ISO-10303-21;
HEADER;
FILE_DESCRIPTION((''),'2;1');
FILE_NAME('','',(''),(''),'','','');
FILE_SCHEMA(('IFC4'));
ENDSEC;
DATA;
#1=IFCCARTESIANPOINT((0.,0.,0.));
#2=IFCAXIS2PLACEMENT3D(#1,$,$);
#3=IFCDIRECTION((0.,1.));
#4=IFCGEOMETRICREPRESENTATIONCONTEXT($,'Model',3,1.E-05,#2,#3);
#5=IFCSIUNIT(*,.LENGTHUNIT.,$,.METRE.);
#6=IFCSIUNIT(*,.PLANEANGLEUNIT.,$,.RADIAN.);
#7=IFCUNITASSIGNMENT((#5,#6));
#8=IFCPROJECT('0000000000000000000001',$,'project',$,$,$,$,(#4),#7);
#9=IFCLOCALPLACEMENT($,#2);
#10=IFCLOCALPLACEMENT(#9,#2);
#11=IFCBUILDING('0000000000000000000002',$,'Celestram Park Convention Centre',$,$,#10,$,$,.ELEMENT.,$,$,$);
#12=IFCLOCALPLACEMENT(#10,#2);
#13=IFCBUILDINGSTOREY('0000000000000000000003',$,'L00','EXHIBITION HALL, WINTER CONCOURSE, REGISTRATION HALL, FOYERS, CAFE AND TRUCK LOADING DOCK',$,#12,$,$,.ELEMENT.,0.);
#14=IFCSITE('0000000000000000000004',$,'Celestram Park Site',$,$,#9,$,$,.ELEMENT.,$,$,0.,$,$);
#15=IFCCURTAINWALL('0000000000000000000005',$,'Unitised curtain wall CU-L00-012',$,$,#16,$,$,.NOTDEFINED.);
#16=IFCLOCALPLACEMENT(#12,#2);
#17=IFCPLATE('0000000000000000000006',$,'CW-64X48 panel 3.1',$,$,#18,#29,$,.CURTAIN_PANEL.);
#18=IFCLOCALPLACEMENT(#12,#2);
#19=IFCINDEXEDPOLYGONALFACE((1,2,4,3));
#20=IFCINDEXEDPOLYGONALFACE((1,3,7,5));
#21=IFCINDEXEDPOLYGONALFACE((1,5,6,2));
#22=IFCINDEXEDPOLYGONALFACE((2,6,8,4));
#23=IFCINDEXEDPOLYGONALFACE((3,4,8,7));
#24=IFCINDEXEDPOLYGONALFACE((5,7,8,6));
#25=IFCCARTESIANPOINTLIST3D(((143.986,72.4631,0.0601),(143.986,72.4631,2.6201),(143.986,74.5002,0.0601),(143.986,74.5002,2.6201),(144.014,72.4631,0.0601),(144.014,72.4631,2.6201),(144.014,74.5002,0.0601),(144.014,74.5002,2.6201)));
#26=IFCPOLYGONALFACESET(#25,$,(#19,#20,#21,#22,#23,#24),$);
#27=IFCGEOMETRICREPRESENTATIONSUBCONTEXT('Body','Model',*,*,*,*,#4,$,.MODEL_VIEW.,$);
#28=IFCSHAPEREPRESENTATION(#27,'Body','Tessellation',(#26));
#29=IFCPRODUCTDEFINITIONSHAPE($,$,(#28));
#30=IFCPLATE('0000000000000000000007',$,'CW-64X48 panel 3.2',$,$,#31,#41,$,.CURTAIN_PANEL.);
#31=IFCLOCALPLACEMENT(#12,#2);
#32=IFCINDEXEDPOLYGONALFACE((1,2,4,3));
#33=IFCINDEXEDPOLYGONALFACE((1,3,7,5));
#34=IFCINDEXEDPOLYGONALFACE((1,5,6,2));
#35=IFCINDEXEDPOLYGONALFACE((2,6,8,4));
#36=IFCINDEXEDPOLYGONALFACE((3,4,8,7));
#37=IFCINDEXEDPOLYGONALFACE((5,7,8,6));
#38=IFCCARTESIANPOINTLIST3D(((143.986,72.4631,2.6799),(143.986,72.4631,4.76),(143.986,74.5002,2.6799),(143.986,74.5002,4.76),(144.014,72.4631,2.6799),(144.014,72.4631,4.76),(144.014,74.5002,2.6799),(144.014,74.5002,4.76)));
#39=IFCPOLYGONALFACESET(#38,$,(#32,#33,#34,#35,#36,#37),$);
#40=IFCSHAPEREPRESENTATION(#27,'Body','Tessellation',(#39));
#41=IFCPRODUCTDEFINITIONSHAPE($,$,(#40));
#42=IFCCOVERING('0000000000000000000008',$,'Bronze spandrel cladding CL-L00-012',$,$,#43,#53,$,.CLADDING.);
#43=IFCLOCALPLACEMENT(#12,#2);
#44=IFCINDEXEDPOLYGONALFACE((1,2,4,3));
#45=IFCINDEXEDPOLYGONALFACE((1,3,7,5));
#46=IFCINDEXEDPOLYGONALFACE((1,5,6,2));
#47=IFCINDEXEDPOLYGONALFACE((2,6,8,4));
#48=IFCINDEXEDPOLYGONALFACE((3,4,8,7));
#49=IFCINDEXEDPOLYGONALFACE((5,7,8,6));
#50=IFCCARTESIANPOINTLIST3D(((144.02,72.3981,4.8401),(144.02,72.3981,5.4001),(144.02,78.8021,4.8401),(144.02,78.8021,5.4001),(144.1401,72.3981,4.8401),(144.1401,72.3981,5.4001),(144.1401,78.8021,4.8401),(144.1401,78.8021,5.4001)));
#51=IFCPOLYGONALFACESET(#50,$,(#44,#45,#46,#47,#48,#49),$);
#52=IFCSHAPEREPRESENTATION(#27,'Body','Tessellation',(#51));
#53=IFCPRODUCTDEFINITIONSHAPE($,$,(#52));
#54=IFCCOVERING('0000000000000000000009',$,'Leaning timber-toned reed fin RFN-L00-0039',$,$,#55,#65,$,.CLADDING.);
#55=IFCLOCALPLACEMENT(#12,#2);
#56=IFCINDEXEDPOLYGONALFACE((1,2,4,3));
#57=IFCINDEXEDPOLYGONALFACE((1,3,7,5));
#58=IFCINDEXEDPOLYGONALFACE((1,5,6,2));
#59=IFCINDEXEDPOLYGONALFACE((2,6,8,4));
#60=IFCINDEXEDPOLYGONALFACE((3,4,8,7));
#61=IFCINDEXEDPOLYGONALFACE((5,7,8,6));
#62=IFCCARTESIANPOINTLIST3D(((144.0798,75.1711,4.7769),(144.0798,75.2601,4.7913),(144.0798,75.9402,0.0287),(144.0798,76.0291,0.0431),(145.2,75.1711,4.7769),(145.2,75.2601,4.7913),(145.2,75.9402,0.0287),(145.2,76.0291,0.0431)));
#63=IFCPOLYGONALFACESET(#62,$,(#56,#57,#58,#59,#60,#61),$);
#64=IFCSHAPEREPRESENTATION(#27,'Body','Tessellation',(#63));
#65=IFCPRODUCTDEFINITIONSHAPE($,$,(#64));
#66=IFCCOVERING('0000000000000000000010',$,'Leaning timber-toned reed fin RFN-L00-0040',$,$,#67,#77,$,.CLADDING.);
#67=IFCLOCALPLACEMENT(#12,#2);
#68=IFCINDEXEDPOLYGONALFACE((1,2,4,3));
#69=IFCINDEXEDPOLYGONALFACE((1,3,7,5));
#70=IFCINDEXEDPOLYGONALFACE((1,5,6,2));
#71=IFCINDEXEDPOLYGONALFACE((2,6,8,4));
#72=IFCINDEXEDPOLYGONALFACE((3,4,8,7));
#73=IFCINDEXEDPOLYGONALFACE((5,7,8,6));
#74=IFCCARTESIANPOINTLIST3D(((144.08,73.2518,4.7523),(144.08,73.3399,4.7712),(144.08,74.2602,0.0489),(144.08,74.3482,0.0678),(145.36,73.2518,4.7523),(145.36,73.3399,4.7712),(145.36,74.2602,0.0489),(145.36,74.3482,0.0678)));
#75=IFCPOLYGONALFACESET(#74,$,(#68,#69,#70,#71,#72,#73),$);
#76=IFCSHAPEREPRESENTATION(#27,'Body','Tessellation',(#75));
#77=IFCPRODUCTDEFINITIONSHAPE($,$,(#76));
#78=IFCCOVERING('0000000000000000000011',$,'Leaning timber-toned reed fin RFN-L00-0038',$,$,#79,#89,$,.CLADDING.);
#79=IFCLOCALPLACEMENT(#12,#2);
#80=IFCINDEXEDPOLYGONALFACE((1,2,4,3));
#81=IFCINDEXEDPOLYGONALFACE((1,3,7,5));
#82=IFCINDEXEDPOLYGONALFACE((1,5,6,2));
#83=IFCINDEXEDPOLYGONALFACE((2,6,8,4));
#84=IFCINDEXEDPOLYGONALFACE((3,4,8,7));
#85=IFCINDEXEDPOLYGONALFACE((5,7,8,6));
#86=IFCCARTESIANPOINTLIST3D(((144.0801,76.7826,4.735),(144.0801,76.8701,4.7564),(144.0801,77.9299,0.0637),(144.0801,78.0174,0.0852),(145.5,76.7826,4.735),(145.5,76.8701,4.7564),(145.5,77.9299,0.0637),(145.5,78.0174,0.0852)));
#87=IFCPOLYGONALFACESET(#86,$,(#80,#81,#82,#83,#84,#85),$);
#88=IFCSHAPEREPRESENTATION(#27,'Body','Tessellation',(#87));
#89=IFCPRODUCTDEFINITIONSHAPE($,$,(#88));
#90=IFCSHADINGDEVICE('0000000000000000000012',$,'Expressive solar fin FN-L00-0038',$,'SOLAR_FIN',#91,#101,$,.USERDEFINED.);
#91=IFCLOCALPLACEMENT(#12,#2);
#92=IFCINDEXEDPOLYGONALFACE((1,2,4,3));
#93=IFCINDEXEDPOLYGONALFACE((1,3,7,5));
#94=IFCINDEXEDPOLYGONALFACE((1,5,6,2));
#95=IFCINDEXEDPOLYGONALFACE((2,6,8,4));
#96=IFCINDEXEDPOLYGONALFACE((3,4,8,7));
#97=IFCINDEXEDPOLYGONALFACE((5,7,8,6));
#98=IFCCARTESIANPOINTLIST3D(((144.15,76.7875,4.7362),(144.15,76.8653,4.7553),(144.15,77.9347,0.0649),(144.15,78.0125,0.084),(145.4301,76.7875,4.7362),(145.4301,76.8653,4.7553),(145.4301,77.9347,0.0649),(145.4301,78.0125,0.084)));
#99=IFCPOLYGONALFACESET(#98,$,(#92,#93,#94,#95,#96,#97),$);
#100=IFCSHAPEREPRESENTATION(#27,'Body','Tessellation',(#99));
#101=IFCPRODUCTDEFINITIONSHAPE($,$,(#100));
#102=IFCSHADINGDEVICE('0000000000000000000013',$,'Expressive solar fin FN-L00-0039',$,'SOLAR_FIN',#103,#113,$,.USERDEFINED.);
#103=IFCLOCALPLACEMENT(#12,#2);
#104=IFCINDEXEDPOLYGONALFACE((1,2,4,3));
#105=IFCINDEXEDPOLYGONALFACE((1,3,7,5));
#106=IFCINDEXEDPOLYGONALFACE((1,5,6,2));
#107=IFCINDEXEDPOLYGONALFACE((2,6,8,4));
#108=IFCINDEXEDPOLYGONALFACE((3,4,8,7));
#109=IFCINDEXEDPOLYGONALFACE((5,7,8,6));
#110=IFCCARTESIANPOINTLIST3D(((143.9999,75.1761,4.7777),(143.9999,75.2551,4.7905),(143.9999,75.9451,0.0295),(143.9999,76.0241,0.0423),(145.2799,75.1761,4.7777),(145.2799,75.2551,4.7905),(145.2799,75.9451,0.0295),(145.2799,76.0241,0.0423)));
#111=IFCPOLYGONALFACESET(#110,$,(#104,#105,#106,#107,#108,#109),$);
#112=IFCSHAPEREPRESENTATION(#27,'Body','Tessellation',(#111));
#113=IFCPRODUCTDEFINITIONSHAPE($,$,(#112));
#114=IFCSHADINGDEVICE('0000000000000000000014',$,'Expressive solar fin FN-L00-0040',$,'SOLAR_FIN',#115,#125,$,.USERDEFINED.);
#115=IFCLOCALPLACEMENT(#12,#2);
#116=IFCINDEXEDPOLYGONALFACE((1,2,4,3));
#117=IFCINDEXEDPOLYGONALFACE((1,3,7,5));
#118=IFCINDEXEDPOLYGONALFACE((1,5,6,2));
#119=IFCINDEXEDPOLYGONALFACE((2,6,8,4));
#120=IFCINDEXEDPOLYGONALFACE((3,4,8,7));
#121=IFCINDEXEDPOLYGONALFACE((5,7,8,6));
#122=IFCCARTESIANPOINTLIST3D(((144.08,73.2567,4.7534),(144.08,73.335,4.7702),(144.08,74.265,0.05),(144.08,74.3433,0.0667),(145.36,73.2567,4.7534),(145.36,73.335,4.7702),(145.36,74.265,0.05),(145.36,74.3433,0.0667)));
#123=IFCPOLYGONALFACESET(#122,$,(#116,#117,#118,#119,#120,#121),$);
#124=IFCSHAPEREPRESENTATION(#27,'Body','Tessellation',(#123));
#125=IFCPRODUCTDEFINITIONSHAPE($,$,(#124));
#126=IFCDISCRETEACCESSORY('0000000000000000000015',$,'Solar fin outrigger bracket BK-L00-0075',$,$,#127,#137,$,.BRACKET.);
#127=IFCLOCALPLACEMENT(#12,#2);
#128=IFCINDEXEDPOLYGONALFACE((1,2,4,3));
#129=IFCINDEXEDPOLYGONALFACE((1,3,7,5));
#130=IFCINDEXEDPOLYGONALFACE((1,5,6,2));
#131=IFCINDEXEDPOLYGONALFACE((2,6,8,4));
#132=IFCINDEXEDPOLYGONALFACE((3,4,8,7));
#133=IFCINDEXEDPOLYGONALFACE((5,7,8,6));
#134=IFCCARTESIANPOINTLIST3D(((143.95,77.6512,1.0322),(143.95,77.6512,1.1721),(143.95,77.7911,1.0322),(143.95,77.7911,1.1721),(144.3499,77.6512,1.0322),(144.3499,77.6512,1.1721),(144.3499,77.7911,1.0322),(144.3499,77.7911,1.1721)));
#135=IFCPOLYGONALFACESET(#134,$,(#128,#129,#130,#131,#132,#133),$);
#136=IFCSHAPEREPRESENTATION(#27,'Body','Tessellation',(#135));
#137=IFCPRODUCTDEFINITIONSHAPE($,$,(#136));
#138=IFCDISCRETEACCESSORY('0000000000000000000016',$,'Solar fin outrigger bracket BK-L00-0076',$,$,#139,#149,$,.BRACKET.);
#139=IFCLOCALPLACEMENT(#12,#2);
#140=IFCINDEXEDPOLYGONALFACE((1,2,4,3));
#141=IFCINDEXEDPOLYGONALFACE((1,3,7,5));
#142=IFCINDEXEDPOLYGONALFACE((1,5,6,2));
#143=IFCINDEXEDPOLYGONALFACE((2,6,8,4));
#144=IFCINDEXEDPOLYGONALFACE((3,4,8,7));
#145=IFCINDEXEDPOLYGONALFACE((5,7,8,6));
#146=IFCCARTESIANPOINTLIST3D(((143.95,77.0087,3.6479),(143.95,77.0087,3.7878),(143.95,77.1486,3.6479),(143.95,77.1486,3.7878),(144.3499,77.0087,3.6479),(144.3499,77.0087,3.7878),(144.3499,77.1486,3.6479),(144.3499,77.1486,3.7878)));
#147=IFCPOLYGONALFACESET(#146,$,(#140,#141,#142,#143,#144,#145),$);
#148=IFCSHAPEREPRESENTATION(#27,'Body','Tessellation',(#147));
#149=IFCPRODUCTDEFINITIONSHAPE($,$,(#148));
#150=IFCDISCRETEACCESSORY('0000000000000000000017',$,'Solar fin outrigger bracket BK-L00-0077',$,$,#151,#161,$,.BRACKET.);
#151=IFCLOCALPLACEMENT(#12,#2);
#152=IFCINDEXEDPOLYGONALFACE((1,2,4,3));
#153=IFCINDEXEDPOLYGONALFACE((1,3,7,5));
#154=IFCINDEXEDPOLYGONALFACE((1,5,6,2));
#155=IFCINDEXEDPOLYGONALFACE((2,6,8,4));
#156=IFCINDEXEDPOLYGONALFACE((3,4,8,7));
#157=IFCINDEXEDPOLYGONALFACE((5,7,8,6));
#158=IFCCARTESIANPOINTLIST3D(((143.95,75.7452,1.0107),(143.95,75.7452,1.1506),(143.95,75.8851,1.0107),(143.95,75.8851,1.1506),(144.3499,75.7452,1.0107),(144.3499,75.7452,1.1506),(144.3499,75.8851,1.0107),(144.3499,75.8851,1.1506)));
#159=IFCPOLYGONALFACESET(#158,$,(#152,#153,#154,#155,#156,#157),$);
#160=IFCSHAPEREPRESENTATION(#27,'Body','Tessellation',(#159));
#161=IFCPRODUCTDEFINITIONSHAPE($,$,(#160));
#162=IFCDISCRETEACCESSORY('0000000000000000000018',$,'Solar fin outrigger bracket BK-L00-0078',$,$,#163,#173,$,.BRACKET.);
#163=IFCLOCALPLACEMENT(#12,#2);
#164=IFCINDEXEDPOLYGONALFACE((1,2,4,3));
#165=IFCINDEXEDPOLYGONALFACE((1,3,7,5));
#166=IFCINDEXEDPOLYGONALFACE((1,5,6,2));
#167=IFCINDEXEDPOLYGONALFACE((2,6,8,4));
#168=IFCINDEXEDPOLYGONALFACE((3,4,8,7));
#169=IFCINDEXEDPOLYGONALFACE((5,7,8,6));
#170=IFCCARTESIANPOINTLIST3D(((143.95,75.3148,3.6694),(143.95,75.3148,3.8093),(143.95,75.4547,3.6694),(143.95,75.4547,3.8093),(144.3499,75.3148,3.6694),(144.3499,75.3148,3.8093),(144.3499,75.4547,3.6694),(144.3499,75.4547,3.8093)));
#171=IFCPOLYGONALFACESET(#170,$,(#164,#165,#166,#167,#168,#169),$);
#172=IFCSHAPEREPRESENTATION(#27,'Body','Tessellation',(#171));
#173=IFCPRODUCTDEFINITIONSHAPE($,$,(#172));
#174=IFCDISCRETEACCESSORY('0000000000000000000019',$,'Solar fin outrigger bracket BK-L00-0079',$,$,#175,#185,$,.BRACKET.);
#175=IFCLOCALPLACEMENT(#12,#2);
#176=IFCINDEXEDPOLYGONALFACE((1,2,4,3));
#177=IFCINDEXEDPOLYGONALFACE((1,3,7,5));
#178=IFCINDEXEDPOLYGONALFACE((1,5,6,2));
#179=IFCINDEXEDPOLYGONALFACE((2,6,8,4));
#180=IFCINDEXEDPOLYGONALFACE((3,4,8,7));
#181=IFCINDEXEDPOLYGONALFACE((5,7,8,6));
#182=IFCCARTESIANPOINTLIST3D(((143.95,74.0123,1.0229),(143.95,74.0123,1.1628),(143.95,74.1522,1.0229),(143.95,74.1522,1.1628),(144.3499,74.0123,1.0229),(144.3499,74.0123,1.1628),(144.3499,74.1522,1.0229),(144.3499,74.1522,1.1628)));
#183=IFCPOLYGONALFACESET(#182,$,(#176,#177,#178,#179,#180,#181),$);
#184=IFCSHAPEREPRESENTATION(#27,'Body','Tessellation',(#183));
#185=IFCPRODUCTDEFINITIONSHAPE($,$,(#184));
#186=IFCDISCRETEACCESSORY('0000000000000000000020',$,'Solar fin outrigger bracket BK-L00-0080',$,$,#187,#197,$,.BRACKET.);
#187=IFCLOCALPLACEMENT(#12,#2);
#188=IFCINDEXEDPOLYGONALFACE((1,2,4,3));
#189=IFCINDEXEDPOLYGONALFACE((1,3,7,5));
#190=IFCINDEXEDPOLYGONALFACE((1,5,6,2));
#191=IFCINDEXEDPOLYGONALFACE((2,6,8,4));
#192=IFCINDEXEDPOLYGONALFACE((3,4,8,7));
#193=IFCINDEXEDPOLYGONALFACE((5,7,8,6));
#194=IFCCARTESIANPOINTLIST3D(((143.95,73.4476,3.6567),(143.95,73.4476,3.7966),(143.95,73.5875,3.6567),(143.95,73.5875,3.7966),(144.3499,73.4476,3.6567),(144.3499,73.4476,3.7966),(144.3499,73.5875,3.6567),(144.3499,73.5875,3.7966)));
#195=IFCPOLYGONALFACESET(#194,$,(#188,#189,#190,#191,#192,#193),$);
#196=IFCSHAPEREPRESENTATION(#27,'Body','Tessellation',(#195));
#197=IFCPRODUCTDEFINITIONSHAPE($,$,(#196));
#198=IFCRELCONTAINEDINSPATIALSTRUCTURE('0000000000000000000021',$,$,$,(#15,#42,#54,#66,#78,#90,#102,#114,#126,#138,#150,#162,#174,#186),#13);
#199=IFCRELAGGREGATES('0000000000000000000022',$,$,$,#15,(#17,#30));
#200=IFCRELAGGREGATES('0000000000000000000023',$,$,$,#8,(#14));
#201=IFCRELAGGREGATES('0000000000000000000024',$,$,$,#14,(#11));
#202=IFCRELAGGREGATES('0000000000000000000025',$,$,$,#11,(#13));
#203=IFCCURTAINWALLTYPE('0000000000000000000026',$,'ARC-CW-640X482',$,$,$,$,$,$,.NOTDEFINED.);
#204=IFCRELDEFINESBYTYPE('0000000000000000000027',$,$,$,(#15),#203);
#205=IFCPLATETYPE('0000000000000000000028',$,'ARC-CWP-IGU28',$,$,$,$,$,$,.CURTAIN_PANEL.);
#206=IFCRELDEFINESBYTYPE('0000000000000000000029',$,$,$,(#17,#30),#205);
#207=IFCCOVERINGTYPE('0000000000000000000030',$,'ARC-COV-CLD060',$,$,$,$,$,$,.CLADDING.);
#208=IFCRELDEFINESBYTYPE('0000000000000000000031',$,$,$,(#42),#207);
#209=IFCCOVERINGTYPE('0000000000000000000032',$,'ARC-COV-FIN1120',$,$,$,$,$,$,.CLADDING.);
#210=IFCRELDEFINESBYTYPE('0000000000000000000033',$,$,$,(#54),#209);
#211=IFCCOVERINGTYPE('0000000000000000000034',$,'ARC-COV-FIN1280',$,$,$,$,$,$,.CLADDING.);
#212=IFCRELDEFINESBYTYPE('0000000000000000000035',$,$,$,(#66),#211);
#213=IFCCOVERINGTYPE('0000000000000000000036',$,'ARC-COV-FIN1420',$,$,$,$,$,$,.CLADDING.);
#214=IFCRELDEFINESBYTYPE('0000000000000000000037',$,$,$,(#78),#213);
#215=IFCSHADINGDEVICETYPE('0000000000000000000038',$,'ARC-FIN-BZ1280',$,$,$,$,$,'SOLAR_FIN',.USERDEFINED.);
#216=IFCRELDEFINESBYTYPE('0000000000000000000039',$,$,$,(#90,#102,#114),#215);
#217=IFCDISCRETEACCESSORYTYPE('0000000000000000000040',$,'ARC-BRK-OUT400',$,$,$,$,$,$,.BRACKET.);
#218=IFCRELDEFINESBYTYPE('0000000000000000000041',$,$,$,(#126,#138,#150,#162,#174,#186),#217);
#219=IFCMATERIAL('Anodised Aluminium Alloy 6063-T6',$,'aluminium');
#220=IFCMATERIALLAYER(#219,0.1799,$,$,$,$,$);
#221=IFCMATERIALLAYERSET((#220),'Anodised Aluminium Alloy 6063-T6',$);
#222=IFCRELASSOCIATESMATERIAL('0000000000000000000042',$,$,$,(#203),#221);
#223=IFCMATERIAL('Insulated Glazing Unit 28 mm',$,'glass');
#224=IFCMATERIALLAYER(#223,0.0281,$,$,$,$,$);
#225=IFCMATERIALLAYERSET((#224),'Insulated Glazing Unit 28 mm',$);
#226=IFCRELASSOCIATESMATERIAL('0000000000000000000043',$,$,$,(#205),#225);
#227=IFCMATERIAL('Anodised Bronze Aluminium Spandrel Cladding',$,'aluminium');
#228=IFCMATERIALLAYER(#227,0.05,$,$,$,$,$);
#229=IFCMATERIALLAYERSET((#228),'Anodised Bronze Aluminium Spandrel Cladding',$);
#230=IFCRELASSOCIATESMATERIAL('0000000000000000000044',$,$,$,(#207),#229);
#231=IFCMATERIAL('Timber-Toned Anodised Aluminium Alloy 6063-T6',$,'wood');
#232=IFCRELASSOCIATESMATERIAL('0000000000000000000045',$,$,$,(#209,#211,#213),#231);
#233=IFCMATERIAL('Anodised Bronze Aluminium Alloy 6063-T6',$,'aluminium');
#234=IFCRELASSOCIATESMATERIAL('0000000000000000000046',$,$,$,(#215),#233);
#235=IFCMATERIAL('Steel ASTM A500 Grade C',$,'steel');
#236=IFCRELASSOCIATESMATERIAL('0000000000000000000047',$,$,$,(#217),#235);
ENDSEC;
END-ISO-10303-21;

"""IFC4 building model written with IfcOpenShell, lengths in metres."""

from ifc_helpers import new_model, si_unit, direction, frame, origin, origin_2d, place, context, subcontext, project, spatial, rectangle, extrude, material, layer, layer_set, material_profile, profile_set, type_object, element, aggregate, save


model = new_model("IFC4")

# Units and contexts
model_context = context("Model", 3, precision=1e-05, world=origin(), true_north=direction((0.0, 1.0)))
body_context = subcontext(model_context, "Body", "Model", "MODEL_VIEW")
ifc_project = project(units=[si_unit("LENGTHUNIT", "METRE"), si_unit("PLANEANGLEUNIT", "RADIAN")], contexts=[model_context])

# Site, building, storey
site_placement = place(None, origin())
site = spatial("IfcSite", under=ifc_project, at=site_placement, Name="Celestram Park Site", CompositionType="ELEMENT", RefElevation=0.0)
building_placement = place(site_placement, origin())
building = spatial("IfcBuilding", under=site, at=building_placement, Name="Celestram Park Convention Centre", CompositionType="ELEMENT")
storey_placement = place(building_placement, origin())
storey = spatial("IfcBuildingStorey", under=building, at=storey_placement, Name="L00", Description="EXHIBITION HALL, WINTER CONCOURSE, REGISTRATION HALL, FOYERS, CAFE AND TRUCK LOADING DOCK", CompositionType="ELEMENT", Elevation=0.0)

# Curtain wall, plates
ifc_material_1 = material(Name="Anodised Aluminium Alloy 6063-T6", Category="aluminium")
ifc_layer_1 = layer(ifc_material_1, 0.1799)
ifc_layer_set_1 = layer_set([ifc_layer_1], Name="Anodised Aluminium Alloy 6063-T6")
curtain_wall_type = type_object("IfcCurtainWallType", Name="ARC-CW-640X482", PredefinedType="NOTDEFINED", material=ifc_layer_set_1)
curtain_wall_placement = place(storey_placement, origin())
curtain_wall = element("IfcCurtainWall", 1, at=curtain_wall_placement, inside=storey, type_object=curtain_wall_type, Name="Unitised curtain wall CU-L00-012", PredefinedType="NOTDEFINED")
ifc_material_2 = material(Name="Insulated Glazing Unit 28 mm", Category="glass")
ifc_layer_2 = layer(ifc_material_2, 0.0281)
ifc_layer_set_2 = layer_set([ifc_layer_2], Name="Insulated Glazing Unit 28 mm")
plate_type = type_object("IfcPlateType", Name="ARC-CWP-IGU28", PredefinedType="CURTAIN_PANEL", material=ifc_layer_set_2)
plate_1_placement = place(storey_placement, frame((144.0, 73.4817, 0.0601), z_axis=(0.0, 0.0, 1.0), x_axis=(0.0, -1.0, 0.0)))
plate_1 = element("IfcPlate", 2, at=plate_1_placement, type_object=plate_type, Name="CW-64X48 panel 3.1", PredefinedType="CURTAIN_PANEL", context=body_context, shape_type="SweptSolid", body=[
    extrude(rectangle(XDim=2.0371, YDim=0.0281, at=origin_2d()), origin(), (0.0, 0.0, 1.0), 2.5601),
])
plate_2_placement = place(storey_placement, frame((144.0, 73.4817, 2.6799), z_axis=(0.0, 0.0, 1.0), x_axis=(0.0, -1.0, 0.0)))
plate_2 = element("IfcPlate", 3, at=plate_2_placement, type_object=plate_type, Name="CW-64X48 panel 3.2", PredefinedType="CURTAIN_PANEL", context=body_context, shape_type="SweptSolid", body=[
    extrude(rectangle(XDim=2.0371, YDim=0.0281, at=origin_2d()), origin(), (0.0, 0.0, 1.0), 2.0801),
])
aggregate(curtain_wall, [plate_1, plate_2])

# Coverings
ifc_material_3 = material(Name="Anodised Bronze Aluminium Spandrel Cladding", Category="aluminium")
ifc_layer_3 = layer(ifc_material_3, 0.05)
ifc_layer_set_3 = layer_set([ifc_layer_3], Name="Anodised Bronze Aluminium Spandrel Cladding")
covering_type_1 = type_object("IfcCoveringType", Name="ARC-COV-CLD060", PredefinedType="CLADDING", material=ifc_layer_set_3)
covering_1_placement = place(storey_placement, frame((144.0801, 75.6001, 4.8401), z_axis=(0.0, 0.0, 1.0), x_axis=(0.0, -1.0, 0.0)))
element("IfcCovering", 4, at=covering_1_placement, inside=storey, type_object=covering_type_1, Name="Bronze spandrel cladding CL-L00-012", PredefinedType="CLADDING", context=body_context, shape_type="SweptSolid", body=[
    extrude(rectangle(XDim=6.4041, YDim=0.1201, at=origin_2d()), origin(), (0.0, 0.0, 1.0), 0.5601),
])
ifc_material_4 = material(Name="Timber-Toned Anodised Aluminium Alloy 6063-T6", Category="wood")
ifc_material_profile_1 = material_profile(ifc_material_4, rectangle(XDim=1.1201, YDim=0.0901, at=origin_2d()), Name="REED1120X90")
ifc_profile_set_1 = profile_set([ifc_material_profile_1], Name="Timber-Toned Anodised Aluminium Alloy 6063-T6")
covering_type_2 = type_object("IfcCoveringType", Name="ARC-COV-FIN1120", PredefinedType="CLADDING", material=ifc_profile_set_1)
covering_2_placement = place(storey_placement, frame((144.6399, 75.9846, 0.0359), z_axis=(0.0, -0.159879, 0.987137), x_axis=(1.0, 0.0, 0.0)))
element("IfcCovering", 5, at=covering_2_placement, inside=storey, type_object=covering_type_2, Name="Leaning timber-toned reed fin RFN-L00-0039", PredefinedType="CLADDING", context=body_context, shape_type="SweptSolid", body=[
    extrude(rectangle(XDim=1.1201, YDim=0.0901, at=origin_2d()), origin(), (0.0, 0.0, 1.0), 4.8101),
])
ifc_material_profile_2 = material_profile(ifc_material_4, rectangle(XDim=1.28, YDim=0.0901, at=origin_2d()), Name="REED1280X90")
ifc_profile_set_2 = profile_set([ifc_material_profile_2], Name="Timber-Toned Anodised Aluminium Alloy 6063-T6")
covering_type_3 = type_object("IfcCoveringType", Name="ARC-COV-FIN1280", PredefinedType="CLADDING", material=ifc_profile_set_2)
covering_3_placement = place(storey_placement, frame((144.72, 74.3042, 0.0583), z_axis=(0.0, -0.209616, 0.977784), x_axis=(1.0, 0.0, 0.0)))
element("IfcCovering", 6, at=covering_3_placement, inside=storey, type_object=covering_type_3, Name="Leaning timber-toned reed fin RFN-L00-0040", PredefinedType="CLADDING", context=body_context, shape_type="SweptSolid", body=[
    extrude(rectangle(XDim=1.28, YDim=0.0901, at=origin_2d()), origin(), (0.0, 0.0, 1.0), 4.8103),
])
ifc_material_profile_3 = material_profile(ifc_material_4, rectangle(XDim=1.4199, YDim=0.0901, at=origin_2d()), Name="REED1420X90")
ifc_profile_set_3 = profile_set([ifc_material_profile_3], Name="Timber-Toned Anodised Aluminium Alloy 6063-T6")
covering_type_4 = type_object("IfcCoveringType", Name="ARC-COV-FIN1420", PredefinedType="CLADDING", material=ifc_profile_set_3)
covering_4_placement = place(storey_placement, frame((144.79, 77.9736, 0.0745), z_axis=(0.0, -0.238509, 0.97114), x_axis=(1.0, 0.0, 0.0)))
element("IfcCovering", 7, at=covering_4_placement, inside=storey, type_object=covering_type_4, Name="Leaning timber-toned reed fin RFN-L00-0038", PredefinedType="CLADDING", context=body_context, shape_type="SweptSolid", body=[
    extrude(rectangle(XDim=1.4199, YDim=0.0901, at=origin_2d()), origin(), (0.0, 0.0, 1.0), 4.8101),
])

# Shading devices
ifc_material_5 = material(Name="Anodised Bronze Aluminium Alloy 6063-T6", Category="aluminium")
ifc_material_profile_4 = material_profile(ifc_material_5, rectangle(XDim=1.28, YDim=0.0801, at=origin_2d()), Name="FIN1280X80")
ifc_profile_set_4 = profile_set([ifc_material_profile_4], Name="Anodised Bronze Aluminium Alloy 6063-T6")
shading_device_type = type_object("IfcShadingDeviceType", Name="ARC-FIN-BZ1280", ElementType="SOLAR_FIN", PredefinedType="USERDEFINED", material=ifc_profile_set_4)
for number, where, z_axis, x_axis, name in (
    (8, (144.79, 77.9736, 0.0745), (0.0, -0.238509, 0.97114), (1.0, 0.0, 0.0), "Expressive solar fin FN-L00-0038"),
    (9, (144.6399, 75.9846, 0.0359), (0.0, -0.159879, 0.987137), (1.0, 0.0, 0.0), "Expressive solar fin FN-L00-0039"),
):
    element("IfcShadingDevice", number, at=place(storey_placement, frame(where, z_axis=z_axis, x_axis=x_axis)), inside=storey, type_object=shading_device_type, Name=name, ObjectType="SOLAR_FIN", PredefinedType="USERDEFINED", context=body_context, shape_type="SweptSolid", body=[
        extrude(rectangle(XDim=1.28, YDim=0.0801, at=origin_2d()), origin(), (0.0, 0.0, 1.0), 4.8101),
    ])
shading_device_placement = place(storey_placement, frame((144.72, 74.3042, 0.0583), z_axis=(0.0, -0.209616, 0.977784), x_axis=(1.0, 0.0, 0.0)))
element("IfcShadingDevice", 10, at=shading_device_placement, inside=storey, type_object=shading_device_type, Name="Expressive solar fin FN-L00-0040", ObjectType="SOLAR_FIN", PredefinedType="USERDEFINED", context=body_context, shape_type="SweptSolid", body=[
    extrude(rectangle(XDim=1.28, YDim=0.0801, at=origin_2d()), origin(), (0.0, 0.0, 1.0), 4.8103),
])

# Discrete accessories
ifc_material_6 = material(Name="Steel ASTM A500 Grade C", Category="steel")
discrete_accessory_type = type_object("IfcDiscreteAccessoryType", Name="ARC-BRK-OUT400", PredefinedType="BRACKET", material=ifc_material_6)
for number, where, z_axis, x_axis, name in (
    (11, (144.1499, 77.7212, 1.0322), (0.0, 0.0, 1.0), (1.0, 0.0, 0.0), "Solar fin outrigger bracket BK-L00-0075"),
    (12, (144.1499, 77.0786, 3.6479), (0.0, 0.0, 1.0), (1.0, 0.0, 0.0), "Solar fin outrigger bracket BK-L00-0076"),
    (13, (144.1499, 75.8152, 1.0107), (0.0, 0.0, 1.0), (1.0, 0.0, 0.0), "Solar fin outrigger bracket BK-L00-0077"),
    (14, (144.1499, 75.3848, 3.6694), (0.0, 0.0, 1.0), (1.0, 0.0, 0.0), "Solar fin outrigger bracket BK-L00-0078"),
    (15, (144.1499, 74.0823, 1.0229), (0.0, 0.0, 1.0), (1.0, 0.0, 0.0), "Solar fin outrigger bracket BK-L00-0079"),
    (16, (144.1499, 73.5176, 3.6567), (0.0, 0.0, 1.0), (1.0, 0.0, 0.0), "Solar fin outrigger bracket BK-L00-0080"),
):
    element("IfcDiscreteAccessory", number, at=place(storey_placement, frame(where, z_axis=z_axis, x_axis=x_axis)), inside=storey, type_object=discrete_accessory_type, Name=name, PredefinedType="BRACKET", context=body_context, shape_type="SweptSolid", body=[
        extrude(rectangle(XDim=0.3999, YDim=0.1399, at=origin_2d()), origin(), (0.0, 0.0, 1.0), 0.1399),
    ])

save(model, "model.ifc")
